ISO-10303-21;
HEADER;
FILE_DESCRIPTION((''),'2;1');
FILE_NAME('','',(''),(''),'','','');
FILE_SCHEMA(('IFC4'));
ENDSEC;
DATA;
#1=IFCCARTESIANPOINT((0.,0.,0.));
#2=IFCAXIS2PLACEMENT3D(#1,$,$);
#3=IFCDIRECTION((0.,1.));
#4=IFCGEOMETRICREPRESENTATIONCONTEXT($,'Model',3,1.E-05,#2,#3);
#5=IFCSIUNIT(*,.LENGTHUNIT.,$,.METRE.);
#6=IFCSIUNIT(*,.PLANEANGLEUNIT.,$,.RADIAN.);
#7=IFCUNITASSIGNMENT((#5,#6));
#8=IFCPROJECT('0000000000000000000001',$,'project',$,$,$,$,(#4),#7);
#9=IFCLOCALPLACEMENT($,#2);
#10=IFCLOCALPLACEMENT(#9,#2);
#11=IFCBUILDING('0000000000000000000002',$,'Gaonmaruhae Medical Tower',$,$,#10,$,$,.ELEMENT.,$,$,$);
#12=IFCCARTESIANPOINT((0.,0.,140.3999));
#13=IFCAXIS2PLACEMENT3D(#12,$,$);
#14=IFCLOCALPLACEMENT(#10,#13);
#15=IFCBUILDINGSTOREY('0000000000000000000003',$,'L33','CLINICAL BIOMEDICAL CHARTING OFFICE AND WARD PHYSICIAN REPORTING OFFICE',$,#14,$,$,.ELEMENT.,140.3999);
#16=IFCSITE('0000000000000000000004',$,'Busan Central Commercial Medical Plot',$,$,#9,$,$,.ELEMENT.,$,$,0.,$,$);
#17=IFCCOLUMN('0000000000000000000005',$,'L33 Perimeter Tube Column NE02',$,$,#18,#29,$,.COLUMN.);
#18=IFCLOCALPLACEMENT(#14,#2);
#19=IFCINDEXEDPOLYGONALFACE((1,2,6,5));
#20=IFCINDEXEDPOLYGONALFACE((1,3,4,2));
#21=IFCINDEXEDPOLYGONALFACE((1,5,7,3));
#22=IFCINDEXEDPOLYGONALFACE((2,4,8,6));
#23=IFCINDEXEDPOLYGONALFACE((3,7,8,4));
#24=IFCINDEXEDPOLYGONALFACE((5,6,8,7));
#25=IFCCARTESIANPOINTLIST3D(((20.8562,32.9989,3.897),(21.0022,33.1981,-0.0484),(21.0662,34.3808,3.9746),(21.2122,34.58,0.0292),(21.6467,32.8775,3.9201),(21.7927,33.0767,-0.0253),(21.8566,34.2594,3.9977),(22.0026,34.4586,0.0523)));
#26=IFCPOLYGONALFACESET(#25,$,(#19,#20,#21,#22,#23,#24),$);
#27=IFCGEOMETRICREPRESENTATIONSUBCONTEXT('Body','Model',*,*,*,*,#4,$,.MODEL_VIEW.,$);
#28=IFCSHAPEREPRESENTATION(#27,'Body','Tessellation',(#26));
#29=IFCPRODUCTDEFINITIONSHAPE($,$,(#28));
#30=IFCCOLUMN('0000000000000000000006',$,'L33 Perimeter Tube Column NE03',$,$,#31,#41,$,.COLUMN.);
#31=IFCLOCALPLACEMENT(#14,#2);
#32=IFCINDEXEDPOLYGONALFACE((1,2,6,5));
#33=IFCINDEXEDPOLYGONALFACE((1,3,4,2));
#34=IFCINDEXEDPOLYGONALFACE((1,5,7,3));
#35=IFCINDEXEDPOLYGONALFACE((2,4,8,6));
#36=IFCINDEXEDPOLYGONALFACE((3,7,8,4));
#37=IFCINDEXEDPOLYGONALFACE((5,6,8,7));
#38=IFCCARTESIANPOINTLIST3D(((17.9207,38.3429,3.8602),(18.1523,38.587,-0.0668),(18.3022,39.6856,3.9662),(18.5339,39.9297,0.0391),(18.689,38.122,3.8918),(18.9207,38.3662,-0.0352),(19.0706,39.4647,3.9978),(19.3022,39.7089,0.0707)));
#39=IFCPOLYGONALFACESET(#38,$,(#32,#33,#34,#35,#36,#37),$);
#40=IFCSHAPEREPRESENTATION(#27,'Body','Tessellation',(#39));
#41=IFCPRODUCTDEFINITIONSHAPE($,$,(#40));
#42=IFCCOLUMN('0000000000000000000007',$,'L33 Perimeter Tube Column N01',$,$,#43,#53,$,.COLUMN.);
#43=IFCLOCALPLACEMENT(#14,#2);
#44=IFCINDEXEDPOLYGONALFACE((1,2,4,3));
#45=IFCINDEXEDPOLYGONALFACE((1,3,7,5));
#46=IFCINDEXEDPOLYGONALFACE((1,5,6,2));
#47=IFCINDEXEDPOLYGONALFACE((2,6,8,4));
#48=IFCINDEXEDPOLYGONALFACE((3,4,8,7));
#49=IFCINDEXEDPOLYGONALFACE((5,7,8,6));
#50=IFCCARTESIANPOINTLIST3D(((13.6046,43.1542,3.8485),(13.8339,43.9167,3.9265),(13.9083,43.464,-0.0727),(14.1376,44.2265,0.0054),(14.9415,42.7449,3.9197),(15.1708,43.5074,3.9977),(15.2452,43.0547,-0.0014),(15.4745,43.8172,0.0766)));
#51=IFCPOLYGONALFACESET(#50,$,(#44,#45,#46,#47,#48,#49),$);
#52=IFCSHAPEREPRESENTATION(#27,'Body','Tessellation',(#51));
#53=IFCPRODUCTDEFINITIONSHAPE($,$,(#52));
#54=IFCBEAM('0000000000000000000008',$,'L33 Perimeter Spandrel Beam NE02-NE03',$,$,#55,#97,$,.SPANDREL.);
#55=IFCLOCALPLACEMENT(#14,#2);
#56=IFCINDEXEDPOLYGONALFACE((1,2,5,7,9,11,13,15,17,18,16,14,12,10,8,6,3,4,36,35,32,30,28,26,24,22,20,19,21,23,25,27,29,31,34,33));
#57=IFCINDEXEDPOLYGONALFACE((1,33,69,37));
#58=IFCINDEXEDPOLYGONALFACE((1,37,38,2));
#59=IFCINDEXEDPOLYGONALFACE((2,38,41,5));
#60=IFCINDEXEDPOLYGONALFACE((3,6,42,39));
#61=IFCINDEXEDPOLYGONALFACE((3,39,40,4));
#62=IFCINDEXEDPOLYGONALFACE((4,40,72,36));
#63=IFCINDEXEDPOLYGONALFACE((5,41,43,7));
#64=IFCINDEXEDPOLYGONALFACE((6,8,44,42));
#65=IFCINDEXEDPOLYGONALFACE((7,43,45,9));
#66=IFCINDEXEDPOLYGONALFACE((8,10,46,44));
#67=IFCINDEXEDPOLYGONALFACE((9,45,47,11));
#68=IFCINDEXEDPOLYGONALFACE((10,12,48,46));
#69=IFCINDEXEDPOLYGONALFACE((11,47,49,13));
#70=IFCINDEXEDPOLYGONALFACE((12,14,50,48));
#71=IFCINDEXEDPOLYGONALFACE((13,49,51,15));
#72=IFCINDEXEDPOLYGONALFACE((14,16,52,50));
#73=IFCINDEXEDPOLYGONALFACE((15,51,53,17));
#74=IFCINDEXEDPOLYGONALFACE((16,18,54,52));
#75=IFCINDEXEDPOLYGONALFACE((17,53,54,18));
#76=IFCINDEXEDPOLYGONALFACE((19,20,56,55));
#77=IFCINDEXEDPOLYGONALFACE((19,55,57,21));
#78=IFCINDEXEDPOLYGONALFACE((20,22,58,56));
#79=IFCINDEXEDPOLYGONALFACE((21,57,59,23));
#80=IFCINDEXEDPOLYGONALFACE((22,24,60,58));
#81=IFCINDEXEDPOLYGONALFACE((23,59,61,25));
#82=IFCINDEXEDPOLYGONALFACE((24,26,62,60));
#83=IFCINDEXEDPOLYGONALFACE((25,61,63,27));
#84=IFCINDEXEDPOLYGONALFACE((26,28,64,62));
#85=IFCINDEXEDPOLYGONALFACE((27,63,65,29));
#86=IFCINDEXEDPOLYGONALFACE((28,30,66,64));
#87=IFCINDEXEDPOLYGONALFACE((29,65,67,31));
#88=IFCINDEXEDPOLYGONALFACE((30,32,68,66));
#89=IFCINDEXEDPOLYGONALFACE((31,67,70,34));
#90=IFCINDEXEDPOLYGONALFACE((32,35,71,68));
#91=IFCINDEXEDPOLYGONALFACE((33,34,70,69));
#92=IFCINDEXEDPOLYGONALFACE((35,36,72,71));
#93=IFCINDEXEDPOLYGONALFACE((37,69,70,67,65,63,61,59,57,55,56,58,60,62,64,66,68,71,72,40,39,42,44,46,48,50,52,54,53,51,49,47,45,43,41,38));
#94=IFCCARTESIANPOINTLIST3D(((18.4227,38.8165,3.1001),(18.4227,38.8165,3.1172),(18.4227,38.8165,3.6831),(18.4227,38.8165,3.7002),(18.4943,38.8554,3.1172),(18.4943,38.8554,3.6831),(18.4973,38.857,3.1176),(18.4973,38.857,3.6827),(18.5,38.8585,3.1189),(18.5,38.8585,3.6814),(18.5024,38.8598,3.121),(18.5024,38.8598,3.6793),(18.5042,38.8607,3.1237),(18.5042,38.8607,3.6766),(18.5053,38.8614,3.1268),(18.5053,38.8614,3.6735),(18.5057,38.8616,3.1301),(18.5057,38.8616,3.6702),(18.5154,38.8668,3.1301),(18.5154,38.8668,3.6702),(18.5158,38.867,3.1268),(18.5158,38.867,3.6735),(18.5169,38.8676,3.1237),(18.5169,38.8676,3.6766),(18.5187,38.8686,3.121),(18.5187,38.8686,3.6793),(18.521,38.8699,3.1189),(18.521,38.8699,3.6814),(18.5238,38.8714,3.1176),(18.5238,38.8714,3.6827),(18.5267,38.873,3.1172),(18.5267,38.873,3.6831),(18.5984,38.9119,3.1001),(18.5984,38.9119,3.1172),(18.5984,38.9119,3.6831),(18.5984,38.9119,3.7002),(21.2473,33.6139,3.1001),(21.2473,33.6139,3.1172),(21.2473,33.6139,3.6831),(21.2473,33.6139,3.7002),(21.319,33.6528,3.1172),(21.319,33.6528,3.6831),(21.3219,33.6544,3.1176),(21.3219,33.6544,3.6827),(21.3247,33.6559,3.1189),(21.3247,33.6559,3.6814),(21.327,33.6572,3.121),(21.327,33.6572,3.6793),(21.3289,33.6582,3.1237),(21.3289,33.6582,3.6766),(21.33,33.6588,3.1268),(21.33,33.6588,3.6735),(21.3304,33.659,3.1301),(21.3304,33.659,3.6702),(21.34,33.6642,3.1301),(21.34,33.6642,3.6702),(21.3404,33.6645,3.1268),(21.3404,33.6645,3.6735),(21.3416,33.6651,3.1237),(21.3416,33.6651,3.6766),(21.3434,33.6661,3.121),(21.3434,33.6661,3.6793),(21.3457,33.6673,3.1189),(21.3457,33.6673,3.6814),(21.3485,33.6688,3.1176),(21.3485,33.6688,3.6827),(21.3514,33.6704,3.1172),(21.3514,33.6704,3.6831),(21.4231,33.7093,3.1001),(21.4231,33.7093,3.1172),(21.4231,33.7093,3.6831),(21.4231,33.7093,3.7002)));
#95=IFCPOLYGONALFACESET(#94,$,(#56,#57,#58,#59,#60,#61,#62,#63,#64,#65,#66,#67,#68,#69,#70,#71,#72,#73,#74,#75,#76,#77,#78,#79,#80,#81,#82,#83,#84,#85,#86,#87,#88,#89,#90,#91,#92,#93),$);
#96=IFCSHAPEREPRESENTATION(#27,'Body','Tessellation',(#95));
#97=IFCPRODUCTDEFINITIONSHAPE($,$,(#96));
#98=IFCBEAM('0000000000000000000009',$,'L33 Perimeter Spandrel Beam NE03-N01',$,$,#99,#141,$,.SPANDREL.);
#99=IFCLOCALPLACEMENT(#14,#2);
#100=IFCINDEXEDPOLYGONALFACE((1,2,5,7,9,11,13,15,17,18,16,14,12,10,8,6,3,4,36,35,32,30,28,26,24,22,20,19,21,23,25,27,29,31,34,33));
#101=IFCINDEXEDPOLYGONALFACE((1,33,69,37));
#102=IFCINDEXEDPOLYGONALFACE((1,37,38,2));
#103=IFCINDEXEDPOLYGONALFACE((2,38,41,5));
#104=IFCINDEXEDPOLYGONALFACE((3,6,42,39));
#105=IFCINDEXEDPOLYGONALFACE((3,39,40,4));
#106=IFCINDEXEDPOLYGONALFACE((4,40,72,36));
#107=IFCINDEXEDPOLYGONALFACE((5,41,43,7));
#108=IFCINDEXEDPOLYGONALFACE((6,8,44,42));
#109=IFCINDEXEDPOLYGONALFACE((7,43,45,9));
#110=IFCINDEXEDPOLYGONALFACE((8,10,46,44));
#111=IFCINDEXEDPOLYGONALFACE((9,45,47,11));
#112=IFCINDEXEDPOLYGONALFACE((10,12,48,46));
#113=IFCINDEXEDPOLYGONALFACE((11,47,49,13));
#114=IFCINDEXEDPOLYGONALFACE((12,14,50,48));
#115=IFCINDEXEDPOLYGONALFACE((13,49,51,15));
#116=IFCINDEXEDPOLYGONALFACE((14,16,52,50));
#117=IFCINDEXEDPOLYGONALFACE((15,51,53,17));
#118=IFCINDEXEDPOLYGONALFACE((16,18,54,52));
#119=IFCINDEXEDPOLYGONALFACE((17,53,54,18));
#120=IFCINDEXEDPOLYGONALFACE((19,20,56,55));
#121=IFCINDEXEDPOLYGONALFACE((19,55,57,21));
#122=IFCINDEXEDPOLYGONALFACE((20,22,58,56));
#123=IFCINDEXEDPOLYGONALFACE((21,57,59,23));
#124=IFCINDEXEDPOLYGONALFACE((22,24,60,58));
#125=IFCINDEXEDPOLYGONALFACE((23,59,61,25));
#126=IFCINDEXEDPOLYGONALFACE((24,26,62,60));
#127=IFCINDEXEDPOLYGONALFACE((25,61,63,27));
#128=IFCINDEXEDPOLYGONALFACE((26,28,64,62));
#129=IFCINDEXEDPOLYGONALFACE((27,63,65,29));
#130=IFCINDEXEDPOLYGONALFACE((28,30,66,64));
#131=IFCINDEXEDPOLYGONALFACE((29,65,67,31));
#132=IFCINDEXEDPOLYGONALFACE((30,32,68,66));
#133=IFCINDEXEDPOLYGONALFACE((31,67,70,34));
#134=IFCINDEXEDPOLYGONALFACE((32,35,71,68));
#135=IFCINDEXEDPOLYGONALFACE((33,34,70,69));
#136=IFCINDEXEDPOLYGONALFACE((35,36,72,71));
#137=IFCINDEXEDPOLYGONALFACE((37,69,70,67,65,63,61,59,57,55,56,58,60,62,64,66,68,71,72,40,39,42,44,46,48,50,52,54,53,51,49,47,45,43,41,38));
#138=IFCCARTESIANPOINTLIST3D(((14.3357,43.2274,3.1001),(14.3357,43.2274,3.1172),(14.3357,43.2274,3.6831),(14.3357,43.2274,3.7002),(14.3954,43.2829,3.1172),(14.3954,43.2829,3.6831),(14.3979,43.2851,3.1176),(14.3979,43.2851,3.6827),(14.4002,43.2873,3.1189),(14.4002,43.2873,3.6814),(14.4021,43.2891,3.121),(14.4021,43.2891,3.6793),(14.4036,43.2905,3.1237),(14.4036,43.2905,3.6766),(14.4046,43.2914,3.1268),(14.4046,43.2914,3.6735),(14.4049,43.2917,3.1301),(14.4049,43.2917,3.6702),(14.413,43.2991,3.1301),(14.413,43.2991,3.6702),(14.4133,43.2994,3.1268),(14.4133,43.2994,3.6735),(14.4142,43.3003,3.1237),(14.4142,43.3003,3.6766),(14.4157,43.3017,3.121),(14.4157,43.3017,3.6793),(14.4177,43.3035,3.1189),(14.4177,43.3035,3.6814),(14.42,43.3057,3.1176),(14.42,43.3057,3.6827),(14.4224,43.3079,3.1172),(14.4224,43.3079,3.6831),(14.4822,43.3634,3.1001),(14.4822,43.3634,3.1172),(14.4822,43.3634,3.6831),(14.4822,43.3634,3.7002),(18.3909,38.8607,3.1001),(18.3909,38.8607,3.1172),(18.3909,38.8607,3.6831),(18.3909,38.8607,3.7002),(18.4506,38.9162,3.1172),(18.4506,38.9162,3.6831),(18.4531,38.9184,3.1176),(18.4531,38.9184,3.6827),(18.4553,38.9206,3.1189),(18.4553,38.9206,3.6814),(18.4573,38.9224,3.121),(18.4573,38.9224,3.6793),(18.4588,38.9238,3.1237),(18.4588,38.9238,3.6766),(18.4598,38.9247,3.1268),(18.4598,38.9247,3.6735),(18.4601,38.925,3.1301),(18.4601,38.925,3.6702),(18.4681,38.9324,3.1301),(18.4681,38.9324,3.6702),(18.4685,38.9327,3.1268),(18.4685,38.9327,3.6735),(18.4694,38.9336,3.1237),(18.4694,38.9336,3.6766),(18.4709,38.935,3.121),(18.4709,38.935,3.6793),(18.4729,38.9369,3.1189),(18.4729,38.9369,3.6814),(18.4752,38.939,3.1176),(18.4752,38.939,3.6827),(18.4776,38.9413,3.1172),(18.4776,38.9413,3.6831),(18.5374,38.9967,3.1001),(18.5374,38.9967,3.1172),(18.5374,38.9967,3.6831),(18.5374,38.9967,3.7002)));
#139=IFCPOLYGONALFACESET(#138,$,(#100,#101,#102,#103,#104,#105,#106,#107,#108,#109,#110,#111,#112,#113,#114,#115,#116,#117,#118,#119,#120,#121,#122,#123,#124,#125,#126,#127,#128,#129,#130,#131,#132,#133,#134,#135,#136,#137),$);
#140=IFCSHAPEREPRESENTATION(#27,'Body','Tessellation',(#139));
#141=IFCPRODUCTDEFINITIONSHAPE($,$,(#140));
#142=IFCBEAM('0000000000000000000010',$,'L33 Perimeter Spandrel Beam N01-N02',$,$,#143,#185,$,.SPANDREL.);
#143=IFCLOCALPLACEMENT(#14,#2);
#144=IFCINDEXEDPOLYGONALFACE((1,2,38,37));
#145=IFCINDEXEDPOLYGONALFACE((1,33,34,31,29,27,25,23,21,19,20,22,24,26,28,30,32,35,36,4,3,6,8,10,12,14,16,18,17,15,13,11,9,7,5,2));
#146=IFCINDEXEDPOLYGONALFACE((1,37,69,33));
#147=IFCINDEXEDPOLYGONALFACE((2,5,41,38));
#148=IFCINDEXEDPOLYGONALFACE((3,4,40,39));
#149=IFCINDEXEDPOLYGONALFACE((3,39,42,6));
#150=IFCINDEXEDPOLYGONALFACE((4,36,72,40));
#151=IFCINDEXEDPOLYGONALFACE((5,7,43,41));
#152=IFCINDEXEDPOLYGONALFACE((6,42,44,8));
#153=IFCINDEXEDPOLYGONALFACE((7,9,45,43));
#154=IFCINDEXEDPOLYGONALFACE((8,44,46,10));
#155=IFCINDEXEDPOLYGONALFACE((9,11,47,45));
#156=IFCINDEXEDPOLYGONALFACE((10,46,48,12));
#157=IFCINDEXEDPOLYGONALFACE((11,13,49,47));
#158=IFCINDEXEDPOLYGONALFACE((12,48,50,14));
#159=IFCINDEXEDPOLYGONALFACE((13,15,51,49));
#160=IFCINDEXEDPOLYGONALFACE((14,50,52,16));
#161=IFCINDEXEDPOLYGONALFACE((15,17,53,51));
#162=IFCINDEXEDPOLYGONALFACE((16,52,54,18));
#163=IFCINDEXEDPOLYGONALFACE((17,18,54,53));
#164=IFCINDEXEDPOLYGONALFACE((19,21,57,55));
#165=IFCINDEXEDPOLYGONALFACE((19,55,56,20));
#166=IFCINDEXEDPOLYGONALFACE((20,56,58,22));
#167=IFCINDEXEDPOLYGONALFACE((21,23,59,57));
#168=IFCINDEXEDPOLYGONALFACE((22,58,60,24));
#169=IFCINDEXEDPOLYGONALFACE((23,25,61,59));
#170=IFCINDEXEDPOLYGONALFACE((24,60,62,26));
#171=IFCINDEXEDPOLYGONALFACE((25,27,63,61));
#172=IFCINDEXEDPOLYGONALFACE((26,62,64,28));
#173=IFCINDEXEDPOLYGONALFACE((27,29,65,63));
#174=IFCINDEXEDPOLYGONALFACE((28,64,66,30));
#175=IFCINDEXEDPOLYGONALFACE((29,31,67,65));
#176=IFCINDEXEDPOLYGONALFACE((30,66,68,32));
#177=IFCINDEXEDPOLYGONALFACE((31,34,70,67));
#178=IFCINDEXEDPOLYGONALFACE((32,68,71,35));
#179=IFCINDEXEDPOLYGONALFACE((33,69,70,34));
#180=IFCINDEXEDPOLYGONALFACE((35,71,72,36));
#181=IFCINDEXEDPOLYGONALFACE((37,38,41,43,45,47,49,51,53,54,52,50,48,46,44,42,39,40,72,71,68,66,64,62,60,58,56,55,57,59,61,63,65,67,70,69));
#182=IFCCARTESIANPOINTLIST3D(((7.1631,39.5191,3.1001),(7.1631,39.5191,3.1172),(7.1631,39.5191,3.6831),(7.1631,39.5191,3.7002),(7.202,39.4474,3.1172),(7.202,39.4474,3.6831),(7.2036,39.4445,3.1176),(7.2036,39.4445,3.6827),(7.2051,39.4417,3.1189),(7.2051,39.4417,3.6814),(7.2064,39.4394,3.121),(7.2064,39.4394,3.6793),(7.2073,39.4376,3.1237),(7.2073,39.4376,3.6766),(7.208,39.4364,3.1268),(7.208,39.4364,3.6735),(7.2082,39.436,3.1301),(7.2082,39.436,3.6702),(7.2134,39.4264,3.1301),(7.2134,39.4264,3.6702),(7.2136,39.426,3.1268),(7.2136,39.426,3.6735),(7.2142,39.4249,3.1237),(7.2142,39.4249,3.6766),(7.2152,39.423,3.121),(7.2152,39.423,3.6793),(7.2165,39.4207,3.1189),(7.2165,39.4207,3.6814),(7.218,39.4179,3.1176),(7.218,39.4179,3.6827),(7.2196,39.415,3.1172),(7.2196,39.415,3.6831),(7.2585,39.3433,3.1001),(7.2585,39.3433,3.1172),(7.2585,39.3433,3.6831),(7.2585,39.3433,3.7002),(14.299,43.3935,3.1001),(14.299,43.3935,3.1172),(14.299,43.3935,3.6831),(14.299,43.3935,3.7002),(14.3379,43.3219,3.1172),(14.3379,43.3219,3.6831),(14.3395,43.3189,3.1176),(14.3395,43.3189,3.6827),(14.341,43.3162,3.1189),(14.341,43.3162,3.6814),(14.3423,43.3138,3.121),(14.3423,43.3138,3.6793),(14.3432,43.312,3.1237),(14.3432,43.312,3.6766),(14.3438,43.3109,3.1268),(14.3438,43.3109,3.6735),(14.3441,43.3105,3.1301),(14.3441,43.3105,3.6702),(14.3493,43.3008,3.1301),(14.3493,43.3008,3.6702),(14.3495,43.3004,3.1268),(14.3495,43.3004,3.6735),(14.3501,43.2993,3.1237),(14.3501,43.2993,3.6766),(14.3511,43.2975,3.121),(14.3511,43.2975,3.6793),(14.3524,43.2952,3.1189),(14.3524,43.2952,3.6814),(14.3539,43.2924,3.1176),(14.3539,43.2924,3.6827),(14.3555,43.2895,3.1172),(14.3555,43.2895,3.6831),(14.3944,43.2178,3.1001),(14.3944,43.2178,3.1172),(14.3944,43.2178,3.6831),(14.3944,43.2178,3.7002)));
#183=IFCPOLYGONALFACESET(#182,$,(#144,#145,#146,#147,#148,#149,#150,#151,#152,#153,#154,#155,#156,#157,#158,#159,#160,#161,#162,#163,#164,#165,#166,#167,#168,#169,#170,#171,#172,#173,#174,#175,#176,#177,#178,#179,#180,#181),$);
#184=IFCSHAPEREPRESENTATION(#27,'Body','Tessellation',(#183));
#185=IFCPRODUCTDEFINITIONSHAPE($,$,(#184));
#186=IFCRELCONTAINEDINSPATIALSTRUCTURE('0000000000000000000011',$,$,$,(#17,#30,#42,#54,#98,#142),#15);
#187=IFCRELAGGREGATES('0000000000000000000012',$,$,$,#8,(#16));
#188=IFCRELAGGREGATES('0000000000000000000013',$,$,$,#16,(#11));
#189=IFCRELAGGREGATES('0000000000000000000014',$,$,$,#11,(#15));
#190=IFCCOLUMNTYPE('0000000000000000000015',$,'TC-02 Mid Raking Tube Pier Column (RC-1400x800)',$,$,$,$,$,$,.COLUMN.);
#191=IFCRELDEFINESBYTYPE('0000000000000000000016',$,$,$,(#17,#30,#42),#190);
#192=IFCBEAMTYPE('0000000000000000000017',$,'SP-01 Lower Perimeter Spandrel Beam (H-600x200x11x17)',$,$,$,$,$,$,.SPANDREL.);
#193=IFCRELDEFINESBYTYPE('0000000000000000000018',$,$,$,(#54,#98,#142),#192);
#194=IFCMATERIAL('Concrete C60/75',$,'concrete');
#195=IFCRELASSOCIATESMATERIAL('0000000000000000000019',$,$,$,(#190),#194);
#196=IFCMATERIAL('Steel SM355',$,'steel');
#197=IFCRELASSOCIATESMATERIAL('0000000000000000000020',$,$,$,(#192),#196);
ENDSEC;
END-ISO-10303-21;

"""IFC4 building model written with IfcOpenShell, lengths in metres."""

from ifc_helpers import new_model, si_unit, direction, frame, origin, origin_2d, place, context, subcontext, project, spatial, rectangle, i_section, extrude, material, material_profile, profile_set, type_object, element, save


model = new_model("IFC4")

# Units and contexts
model_context = context("Model", 3, precision=1e-05, world=origin(), true_north=direction((0.0, 1.0)))
body_context = subcontext(model_context, "Body", "Model", "MODEL_VIEW")
ifc_project = project(units=[si_unit("LENGTHUNIT", "METRE"), si_unit("PLANEANGLEUNIT", "RADIAN")], contexts=[model_context])

# Site, building, storey
site_placement = place(None, origin())
site = spatial("IfcSite", under=ifc_project, at=site_placement, Name="Busan Central Commercial Medical Plot", CompositionType="ELEMENT", RefElevation=0.0)
building_placement = place(site_placement, origin())
building = spatial("IfcBuilding", under=site, at=building_placement, Name="Gaonmaruhae Medical Tower", CompositionType="ELEMENT")
storey_placement = place(building_placement, frame((0.0, 0.0, 140.3999)))
storey = spatial("IfcBuildingStorey", under=building, at=storey_placement, Name="L33", Description="CLINICAL BIOMEDICAL CHARTING OFFICE AND WARD PHYSICIAN REPORTING OFFICE", CompositionType="ELEMENT", Elevation=140.3999)

# Columns
ifc_material_1 = material(Name="Concrete C60/75", Category="concrete")
ifc_material_profile_1 = material_profile(ifc_material_1, rectangle(XDim=1.3999, YDim=0.8, at=origin_2d()), Name="RC-1400x800")
ifc_profile_set_1 = profile_set([ifc_material_profile_1], Name="Concrete C60/75")
column_type = type_object("IfcColumnType", Name="TC-02 Mid Raking Tube Pier Column (RC-1400x800)", PredefinedType="COLUMN", material=ifc_profile_set_1)
column_1_placement = place(storey_placement, frame((21.5024, 33.8284, 0.002), z_axis=(-0.036933, -0.050396, 0.998046), x_axis=(0.149988, 0.987135, 0.055396)))
element("IfcColumn", 1, at=column_1_placement, inside=storey, type_object=column_type, Name="L33 Perimeter Tube Column NE02", PredefinedType="COLUMN", context=body_context, shape_type="SweptSolid", body=[
    extrude(rectangle(XDim=1.3999, YDim=0.8, at=origin_2d()), origin(), (0.0, 0.0, 1.0), 3.9531),
])
column_2_placement = place(storey_placement, frame((18.7273, 39.1479, 0.002), z_axis=(-0.058784, -0.061943, 0.996347), x_axis=(0.272587, 0.959148, 0.075712)))
element("IfcColumn", 2, at=column_2_placement, inside=storey, type_object=column_type, Name="L33 Perimeter Tube Column NE03", PredefinedType="COLUMN", context=body_context, shape_type="SweptSolid", body=[
    extrude(rectangle(XDim=1.3999, YDim=0.8, at=origin_2d()), origin(), (0.0, 0.0, 1.0), 3.9414),
])
column_3_placement = place(storey_placement, frame((14.6914, 43.6406, 0.002), z_axis=(-0.076985, -0.078532, 0.993935), x_axis=(0.954951, -0.292372, 0.050865)))
element("IfcColumn", 3, at=column_3_placement, inside=storey, type_object=column_type, Name="L33 Perimeter Tube Column N01", PredefinedType="COLUMN", context=body_context, shape_type="SweptSolid", body=[
    extrude(rectangle(XDim=1.3999, YDim=0.8, at=origin_2d()), origin(), (0.0, 0.0, 1.0), 3.9451),
])

# Beams
ifc_material_2 = material(Name="Steel SM355", Category="steel")
ifc_material_profile_2 = material_profile(ifc_material_2, i_section(OverallWidth=0.2, OverallDepth=0.6001, WebThickness=0.011, FlangeThickness=0.0171, FilletRadius=0.0129, at=origin_2d()), Name="H-600x200x11x17")
ifc_profile_set_2 = profile_set([ifc_material_profile_2], Name="Steel SM355")
beam_type = type_object("IfcBeamType", Name="SP-01 Lower Perimeter Spandrel Beam (H-600x200x11x17)", PredefinedType="SPANDREL", material=ifc_profile_set_2)
beam_1_placement = place(storey_placement, frame((21.3352, 33.6616, 3.4001), z_axis=(-0.477146, 0.878824, 0.0), x_axis=(-0.878824, -0.477146, 0.0)))
element("IfcBeam", 4, at=beam_1_placement, inside=storey, type_object=beam_type, Name="L33 Perimeter Spandrel Beam NE02-NE03", PredefinedType="SPANDREL", context=body_context, shape_type="SweptSolid", body=[
    extrude(i_section(OverallWidth=0.2, OverallDepth=0.6001, WebThickness=0.011, FlangeThickness=0.0171, FilletRadius=0.0129, at=origin_2d()), origin(), (0.0, 0.0, 1.0), 5.9199),
])
beam_2_placement = place(storey_placement, frame((18.4641, 38.9287, 3.4001), z_axis=(-0.680486, 0.732761, 0.0), x_axis=(-0.732761, -0.680486, 0.0)))
element("IfcBeam", 5, at=beam_2_placement, inside=storey, type_object=beam_type, Name="L33 Perimeter Spandrel Beam NE03-N01", PredefinedType="SPANDREL", context=body_context, shape_type="SweptSolid", body=[
    extrude(i_section(OverallWidth=0.2, OverallDepth=0.6001, WebThickness=0.011, FlangeThickness=0.0171, FilletRadius=0.0129, at=origin_2d()), origin(), (0.0, 0.0, 1.0), 5.9592),
])
beam_3_placement = place(storey_placement, frame((14.3467, 43.3057, 3.4001), z_axis=(-0.878818, -0.477158, 0.0), x_axis=(0.477158, -0.878818, 0.0)))
element("IfcBeam", 6, at=beam_3_placement, inside=storey, type_object=beam_type, Name="L33 Perimeter Spandrel Beam N01-N02", PredefinedType="SPANDREL", context=body_context, shape_type="SweptSolid", body=[
    extrude(i_section(OverallWidth=0.2, OverallDepth=0.6001, WebThickness=0.011, FlangeThickness=0.0171, FilletRadius=0.0129, at=origin_2d()), origin(), (0.0, 0.0, 1.0), 8.1199),
])

save(model, "model.ifc")
